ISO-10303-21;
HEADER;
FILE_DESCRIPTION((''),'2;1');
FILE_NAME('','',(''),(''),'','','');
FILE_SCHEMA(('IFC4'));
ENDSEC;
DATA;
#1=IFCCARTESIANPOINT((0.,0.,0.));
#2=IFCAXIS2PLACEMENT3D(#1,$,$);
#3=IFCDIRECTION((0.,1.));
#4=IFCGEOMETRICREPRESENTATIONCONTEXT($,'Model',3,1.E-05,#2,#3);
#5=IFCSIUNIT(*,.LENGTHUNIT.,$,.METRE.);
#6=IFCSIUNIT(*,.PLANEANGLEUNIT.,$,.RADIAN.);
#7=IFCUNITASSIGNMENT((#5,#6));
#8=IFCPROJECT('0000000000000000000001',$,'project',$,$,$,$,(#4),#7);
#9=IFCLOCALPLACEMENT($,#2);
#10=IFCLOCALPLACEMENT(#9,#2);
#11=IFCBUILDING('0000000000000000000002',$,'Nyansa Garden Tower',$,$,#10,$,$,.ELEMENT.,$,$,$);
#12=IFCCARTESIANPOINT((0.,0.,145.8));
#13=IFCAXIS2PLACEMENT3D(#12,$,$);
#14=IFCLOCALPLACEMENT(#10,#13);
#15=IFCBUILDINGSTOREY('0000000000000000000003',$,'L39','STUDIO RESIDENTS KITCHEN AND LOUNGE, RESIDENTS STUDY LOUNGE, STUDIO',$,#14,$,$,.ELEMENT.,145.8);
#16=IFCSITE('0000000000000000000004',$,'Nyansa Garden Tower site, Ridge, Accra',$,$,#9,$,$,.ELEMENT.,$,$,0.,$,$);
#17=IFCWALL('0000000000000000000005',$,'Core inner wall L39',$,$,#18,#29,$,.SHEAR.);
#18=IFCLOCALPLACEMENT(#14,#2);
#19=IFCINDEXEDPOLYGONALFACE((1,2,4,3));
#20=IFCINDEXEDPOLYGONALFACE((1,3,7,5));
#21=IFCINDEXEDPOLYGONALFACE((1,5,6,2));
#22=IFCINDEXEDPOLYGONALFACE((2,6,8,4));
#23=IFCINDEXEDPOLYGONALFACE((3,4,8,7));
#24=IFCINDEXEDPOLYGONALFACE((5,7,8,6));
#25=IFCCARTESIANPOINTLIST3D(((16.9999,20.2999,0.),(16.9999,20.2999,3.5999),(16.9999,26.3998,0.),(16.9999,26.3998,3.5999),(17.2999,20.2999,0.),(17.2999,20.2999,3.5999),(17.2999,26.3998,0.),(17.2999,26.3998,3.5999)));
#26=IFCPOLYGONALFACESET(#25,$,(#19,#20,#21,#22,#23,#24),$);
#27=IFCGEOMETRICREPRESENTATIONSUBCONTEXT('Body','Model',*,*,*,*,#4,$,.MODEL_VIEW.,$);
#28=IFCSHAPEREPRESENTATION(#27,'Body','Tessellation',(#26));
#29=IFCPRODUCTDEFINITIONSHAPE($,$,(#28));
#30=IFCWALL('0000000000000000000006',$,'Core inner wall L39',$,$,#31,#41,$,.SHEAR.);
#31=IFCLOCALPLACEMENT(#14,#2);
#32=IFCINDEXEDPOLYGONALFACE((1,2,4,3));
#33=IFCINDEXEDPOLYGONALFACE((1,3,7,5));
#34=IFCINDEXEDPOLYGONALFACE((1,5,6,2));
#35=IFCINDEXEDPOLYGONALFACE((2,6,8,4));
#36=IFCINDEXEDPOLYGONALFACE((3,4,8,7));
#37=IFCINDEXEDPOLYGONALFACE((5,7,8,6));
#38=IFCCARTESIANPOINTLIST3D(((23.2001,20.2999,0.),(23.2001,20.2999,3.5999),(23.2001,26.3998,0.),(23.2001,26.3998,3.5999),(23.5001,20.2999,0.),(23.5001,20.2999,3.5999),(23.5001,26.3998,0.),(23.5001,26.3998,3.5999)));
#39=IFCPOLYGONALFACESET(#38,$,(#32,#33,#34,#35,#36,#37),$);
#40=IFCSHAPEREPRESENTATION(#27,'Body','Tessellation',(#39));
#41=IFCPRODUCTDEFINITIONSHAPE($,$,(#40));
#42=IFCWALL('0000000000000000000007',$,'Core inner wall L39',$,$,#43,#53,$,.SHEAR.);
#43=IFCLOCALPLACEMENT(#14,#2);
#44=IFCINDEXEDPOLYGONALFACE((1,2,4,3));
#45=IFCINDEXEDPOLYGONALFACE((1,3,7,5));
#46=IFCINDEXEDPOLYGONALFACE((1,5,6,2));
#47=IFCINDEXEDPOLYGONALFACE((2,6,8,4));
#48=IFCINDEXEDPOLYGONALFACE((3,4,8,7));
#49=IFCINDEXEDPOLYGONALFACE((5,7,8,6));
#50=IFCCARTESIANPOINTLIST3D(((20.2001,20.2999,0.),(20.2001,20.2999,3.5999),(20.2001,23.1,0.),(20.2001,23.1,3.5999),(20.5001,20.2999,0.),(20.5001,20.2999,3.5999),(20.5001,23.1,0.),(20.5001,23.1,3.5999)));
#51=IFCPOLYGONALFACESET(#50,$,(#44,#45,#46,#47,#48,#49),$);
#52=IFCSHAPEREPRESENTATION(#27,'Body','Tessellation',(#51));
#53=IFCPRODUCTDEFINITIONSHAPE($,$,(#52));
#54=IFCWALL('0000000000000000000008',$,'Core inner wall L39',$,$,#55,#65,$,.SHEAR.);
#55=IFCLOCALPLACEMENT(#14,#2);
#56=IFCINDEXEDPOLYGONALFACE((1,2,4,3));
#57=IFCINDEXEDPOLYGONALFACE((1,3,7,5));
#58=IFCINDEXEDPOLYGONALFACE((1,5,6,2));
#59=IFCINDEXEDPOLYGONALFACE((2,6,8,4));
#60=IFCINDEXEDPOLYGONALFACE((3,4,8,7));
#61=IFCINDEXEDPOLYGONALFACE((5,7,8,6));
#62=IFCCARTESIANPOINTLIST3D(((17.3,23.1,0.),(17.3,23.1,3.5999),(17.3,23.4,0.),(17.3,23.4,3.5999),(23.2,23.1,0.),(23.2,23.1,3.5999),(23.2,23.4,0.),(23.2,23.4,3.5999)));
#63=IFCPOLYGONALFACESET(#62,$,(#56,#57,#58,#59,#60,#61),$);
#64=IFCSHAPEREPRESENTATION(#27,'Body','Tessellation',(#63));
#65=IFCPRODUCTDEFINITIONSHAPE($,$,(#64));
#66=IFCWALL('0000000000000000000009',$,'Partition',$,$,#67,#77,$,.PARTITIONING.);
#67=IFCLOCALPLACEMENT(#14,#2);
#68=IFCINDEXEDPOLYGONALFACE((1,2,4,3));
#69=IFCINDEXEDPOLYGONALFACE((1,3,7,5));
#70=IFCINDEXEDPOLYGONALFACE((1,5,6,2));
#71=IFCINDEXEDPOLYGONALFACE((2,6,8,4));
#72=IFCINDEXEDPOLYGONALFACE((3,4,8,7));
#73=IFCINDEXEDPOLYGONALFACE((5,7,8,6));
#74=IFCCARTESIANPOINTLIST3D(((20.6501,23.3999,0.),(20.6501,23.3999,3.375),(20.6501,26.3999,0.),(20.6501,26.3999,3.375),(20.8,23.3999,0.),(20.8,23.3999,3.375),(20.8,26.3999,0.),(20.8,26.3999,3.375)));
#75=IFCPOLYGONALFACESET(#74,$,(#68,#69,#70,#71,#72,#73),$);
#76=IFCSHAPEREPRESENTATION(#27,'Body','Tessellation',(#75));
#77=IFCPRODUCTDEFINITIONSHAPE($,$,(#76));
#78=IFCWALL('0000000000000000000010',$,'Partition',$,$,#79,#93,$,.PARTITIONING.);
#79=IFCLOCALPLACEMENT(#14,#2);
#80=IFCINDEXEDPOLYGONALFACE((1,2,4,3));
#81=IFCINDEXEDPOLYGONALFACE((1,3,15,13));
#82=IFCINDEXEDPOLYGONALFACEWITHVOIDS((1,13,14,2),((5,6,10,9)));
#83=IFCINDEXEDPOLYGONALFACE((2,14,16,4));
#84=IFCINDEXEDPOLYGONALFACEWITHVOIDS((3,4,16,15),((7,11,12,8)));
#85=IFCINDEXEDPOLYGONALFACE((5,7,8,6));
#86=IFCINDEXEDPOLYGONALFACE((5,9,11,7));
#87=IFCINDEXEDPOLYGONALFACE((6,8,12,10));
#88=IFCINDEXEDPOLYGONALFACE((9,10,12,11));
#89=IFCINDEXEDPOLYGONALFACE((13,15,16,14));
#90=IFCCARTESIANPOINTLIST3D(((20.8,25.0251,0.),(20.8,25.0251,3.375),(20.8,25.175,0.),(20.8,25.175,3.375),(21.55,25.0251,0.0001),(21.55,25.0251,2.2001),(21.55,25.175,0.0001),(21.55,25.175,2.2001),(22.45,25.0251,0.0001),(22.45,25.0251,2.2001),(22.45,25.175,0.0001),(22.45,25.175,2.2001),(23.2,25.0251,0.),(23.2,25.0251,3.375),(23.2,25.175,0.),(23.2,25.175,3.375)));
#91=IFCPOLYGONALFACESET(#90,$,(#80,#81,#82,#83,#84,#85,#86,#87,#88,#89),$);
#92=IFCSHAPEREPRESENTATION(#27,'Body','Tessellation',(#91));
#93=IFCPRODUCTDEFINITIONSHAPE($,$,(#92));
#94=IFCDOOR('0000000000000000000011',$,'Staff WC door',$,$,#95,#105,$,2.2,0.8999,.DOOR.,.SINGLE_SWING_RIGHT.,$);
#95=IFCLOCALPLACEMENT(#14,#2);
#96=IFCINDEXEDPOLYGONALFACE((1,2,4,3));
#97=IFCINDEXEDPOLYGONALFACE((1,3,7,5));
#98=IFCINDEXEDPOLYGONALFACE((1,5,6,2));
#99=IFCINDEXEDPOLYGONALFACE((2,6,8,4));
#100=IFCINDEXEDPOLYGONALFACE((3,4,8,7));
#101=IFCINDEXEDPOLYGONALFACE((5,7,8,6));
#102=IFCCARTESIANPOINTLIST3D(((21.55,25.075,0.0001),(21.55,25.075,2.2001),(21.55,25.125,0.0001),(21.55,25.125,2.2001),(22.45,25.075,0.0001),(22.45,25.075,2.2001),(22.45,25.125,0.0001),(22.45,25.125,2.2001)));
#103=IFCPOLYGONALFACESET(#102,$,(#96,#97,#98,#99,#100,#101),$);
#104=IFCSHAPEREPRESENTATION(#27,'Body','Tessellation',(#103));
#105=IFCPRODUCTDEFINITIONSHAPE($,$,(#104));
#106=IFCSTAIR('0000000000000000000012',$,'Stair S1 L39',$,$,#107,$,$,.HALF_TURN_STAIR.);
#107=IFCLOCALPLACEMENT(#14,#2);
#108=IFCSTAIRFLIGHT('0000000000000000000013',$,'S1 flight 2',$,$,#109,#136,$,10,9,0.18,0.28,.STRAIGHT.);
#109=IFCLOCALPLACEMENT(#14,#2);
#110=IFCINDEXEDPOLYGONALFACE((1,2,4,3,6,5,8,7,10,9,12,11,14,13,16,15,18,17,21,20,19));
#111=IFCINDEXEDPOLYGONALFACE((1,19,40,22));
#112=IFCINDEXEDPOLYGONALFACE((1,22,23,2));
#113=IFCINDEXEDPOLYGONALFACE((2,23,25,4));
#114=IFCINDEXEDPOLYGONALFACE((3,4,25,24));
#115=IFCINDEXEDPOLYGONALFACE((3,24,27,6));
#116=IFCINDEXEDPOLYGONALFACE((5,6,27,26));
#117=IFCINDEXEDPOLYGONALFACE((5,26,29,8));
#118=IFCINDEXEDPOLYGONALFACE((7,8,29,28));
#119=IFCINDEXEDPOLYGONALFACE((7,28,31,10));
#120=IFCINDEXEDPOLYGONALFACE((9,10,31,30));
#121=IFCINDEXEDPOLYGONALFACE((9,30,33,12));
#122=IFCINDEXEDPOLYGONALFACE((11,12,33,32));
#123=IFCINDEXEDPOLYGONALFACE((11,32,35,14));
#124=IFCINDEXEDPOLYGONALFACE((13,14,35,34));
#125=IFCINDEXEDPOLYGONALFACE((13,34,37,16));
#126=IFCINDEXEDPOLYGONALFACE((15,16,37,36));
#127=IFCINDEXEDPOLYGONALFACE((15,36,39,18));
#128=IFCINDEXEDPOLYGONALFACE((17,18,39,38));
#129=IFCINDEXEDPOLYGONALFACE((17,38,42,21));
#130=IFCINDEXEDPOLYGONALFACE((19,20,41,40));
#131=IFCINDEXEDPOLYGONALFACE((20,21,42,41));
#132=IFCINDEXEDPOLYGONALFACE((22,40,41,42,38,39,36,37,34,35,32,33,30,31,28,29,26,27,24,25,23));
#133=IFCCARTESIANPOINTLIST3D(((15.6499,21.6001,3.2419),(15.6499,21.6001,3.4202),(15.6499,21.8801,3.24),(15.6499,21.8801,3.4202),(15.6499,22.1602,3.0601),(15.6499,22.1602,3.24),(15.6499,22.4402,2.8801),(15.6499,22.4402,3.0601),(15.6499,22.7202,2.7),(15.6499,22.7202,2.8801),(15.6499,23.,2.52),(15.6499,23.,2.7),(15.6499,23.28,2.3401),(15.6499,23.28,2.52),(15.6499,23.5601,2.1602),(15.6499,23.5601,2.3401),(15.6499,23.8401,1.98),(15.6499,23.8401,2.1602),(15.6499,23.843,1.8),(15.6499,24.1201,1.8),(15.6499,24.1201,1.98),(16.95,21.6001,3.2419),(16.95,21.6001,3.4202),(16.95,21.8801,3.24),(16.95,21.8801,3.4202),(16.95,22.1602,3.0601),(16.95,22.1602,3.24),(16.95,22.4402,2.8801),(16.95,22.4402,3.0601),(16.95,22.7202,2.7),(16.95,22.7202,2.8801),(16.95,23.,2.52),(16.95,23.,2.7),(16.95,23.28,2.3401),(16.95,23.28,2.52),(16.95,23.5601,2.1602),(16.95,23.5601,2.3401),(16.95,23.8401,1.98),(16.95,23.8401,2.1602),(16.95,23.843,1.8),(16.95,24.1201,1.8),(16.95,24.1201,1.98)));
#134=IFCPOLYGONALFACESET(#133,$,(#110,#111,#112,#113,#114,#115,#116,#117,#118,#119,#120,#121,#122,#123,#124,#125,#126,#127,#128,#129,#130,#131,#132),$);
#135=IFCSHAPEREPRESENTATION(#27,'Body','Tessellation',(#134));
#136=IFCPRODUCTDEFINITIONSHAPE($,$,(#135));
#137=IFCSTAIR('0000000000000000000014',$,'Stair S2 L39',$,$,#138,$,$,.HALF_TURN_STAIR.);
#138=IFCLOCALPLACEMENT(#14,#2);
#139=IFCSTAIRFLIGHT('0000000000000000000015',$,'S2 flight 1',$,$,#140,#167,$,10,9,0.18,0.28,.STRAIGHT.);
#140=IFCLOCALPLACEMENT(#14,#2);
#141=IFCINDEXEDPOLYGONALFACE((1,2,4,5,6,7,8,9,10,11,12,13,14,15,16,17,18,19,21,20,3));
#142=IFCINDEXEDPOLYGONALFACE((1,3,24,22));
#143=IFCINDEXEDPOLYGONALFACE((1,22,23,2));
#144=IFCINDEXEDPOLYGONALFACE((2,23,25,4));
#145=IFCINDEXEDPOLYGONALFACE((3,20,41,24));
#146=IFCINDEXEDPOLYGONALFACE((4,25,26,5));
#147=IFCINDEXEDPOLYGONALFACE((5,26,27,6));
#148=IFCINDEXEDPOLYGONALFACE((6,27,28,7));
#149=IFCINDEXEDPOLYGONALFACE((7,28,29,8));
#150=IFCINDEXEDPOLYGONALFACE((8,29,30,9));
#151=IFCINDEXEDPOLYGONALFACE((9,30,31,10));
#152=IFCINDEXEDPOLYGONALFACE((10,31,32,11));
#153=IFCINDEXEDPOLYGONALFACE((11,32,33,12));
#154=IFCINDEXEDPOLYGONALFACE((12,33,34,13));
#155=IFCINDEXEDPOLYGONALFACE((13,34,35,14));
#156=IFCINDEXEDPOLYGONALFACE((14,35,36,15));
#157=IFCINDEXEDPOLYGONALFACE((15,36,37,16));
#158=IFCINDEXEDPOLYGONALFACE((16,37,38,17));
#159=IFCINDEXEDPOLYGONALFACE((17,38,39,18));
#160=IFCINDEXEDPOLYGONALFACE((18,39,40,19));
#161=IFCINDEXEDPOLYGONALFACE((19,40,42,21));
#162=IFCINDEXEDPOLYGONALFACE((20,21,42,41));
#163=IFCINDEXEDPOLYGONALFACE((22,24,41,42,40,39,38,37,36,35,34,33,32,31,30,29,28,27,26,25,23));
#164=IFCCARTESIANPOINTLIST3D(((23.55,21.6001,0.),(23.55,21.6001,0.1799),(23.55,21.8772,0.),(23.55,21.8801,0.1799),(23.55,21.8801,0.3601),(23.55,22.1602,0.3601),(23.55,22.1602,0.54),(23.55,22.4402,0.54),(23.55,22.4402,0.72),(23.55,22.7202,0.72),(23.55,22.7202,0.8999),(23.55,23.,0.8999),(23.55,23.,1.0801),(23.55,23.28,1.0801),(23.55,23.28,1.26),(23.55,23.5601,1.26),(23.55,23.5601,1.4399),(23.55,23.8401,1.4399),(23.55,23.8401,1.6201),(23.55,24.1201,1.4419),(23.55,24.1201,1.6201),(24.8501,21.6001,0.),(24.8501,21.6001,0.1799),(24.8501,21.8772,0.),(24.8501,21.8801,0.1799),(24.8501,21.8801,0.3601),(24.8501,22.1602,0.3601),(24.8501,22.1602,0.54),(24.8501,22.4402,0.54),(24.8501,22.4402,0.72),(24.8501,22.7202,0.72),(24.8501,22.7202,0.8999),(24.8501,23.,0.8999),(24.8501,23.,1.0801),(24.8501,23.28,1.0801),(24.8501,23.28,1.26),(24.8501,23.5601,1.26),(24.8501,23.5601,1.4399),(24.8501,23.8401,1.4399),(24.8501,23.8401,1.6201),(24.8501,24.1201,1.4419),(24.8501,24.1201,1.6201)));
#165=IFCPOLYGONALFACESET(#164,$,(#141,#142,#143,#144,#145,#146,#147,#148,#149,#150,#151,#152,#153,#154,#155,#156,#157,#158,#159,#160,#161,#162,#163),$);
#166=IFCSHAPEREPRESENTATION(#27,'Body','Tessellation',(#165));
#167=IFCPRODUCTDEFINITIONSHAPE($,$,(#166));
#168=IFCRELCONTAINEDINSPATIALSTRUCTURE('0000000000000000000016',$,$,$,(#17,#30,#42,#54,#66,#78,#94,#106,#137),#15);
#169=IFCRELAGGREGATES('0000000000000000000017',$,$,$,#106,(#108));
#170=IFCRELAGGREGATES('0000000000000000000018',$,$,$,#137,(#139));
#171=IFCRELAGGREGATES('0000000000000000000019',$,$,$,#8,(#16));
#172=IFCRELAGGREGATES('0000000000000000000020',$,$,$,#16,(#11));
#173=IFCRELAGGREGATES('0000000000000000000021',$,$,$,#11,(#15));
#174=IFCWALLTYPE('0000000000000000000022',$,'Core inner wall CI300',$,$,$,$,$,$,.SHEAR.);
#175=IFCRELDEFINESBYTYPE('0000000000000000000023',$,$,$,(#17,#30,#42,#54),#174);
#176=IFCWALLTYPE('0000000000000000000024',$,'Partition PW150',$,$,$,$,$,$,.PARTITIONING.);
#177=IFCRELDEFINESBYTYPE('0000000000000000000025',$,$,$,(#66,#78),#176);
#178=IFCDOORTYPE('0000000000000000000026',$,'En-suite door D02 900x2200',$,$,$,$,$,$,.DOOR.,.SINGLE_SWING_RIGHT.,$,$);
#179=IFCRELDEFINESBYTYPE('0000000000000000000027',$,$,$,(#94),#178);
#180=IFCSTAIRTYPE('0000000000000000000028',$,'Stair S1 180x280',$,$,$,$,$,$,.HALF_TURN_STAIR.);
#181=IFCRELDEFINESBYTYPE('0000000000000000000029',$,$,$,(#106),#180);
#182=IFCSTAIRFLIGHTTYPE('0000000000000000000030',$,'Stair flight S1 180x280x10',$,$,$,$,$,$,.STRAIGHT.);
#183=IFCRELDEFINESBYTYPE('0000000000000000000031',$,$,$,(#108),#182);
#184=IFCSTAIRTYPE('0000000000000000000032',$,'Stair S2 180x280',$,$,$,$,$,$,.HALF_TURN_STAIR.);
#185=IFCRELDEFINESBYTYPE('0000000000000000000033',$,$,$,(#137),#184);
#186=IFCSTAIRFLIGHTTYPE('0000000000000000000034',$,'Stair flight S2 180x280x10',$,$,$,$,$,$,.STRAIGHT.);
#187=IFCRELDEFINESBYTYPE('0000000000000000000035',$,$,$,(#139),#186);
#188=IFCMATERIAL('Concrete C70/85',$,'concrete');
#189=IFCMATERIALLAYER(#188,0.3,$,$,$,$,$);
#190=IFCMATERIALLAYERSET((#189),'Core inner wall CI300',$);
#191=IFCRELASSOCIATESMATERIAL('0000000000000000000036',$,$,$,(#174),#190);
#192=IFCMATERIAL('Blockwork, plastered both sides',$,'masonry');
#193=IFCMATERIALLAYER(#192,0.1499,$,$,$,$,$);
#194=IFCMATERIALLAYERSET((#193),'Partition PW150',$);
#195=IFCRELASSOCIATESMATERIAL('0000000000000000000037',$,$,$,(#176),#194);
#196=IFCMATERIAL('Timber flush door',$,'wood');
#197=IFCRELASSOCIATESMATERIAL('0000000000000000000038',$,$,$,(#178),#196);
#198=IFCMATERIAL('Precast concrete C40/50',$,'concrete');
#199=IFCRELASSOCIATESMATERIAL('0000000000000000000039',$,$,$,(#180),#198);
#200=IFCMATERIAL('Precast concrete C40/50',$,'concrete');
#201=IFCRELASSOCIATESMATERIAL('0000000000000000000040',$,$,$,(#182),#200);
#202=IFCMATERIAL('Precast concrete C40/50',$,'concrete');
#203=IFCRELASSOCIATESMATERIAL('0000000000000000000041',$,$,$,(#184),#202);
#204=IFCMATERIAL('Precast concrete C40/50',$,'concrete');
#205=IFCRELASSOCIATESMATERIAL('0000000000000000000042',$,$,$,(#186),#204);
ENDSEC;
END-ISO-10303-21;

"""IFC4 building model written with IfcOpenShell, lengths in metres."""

from ifc_helpers import new_model, si_unit, direction, frame, frame_2d, origin, place, context, subcontext, project, spatial, polyline, rectangle, outline, extrude, material, layer, layer_set, type_object, element, fill, aggregate, save


model = new_model("IFC4")

# Units and contexts
model_context = context("Model", 3, precision=1e-05, world=origin(), true_north=direction((0.0, 1.0)))
body_context = subcontext(model_context, "Body", "Model", "MODEL_VIEW")
ifc_project = project(units=[si_unit("LENGTHUNIT", "METRE"), si_unit("PLANEANGLEUNIT", "RADIAN")], contexts=[model_context])

# Site, building, storey
site_placement = place(None, origin())
site = spatial("IfcSite", under=ifc_project, at=site_placement, Name="Nyansa Garden Tower site, Ridge, Accra", CompositionType="ELEMENT", RefElevation=0.0)
building_placement = place(site_placement, origin())
building = spatial("IfcBuilding", under=site, at=building_placement, Name="Nyansa Garden Tower", CompositionType="ELEMENT")
storey_placement = place(building_placement, frame((0.0, 0.0, 145.8)))
storey = spatial("IfcBuildingStorey", under=building, at=storey_placement, Name="L39", Description="STUDIO RESIDENTS KITCHEN AND LOUNGE, RESIDENTS STUDY LOUNGE, STUDIO", CompositionType="ELEMENT", Elevation=145.8)

# Walls
ifc_material_1 = material(Name="Concrete C70/85", Category="concrete")
ifc_layer_1 = layer(ifc_material_1, 0.3)
ifc_layer_set_1 = layer_set([ifc_layer_1], Name="Core inner wall CI300")
wall_type_1 = type_object("IfcWallType", Name="Core inner wall CI300", PredefinedType="SHEAR", material=ifc_layer_set_1)
for number, where, z_axis, x_axis, name in (
    (1, (17.1499, 20.3, 0.0), (0.0, 0.0, 1.0), (0.0, 1.0, 0.0), "Core inner wall L39"),
    (2, (23.3501, 20.3, 0.0), (0.0, 0.0, 1.0), (0.0, 1.0, 0.0), "Core inner wall L39"),
):
    element("IfcWall", number, at=place(storey_placement, frame(where, z_axis=z_axis, x_axis=x_axis)), inside=storey, type_object=wall_type_1, Name=name, PredefinedType="SHEAR", context=body_context, shape_type="SweptSolid", body=[
        extrude(rectangle(XDim=6.0999, YDim=0.3, at=frame_2d((3.0498, 0.0))), origin(), (0.0, 0.0, 1.0), 3.5999),
    ])
wall_1_placement = place(storey_placement, frame((20.3501, 20.3, 0.0), z_axis=(0.0, 0.0, 1.0), x_axis=(0.0, 1.0, 0.0)))
element("IfcWall", 3, at=wall_1_placement, inside=storey, type_object=wall_type_1, Name="Core inner wall L39", PredefinedType="SHEAR", context=body_context, shape_type="SweptSolid", body=[
    extrude(rectangle(XDim=2.8, YDim=0.3, at=frame_2d((1.3999, 0.0))), origin(), (0.0, 0.0, 1.0), 3.5999),
])
wall_2_placement = place(storey_placement, frame((17.3, 23.25, 0.0), z_axis=(0.0, 0.0, 1.0), x_axis=(1.0, 0.0, 0.0)))
element("IfcWall", 4, at=wall_2_placement, inside=storey, type_object=wall_type_1, Name="Core inner wall L39", PredefinedType="SHEAR", context=body_context, shape_type="SweptSolid", body=[
    extrude(rectangle(XDim=5.8999, YDim=0.3, at=frame_2d((2.95, 0.0))), origin(), (0.0, 0.0, 1.0), 3.5999),
])
ifc_material_2 = material(Name="Blockwork, plastered both sides", Category="masonry")
ifc_layer_2 = layer(ifc_material_2, 0.1499)
ifc_layer_set_2 = layer_set([ifc_layer_2], Name="Partition PW150")
wall_type_2 = type_object("IfcWallType", Name="Partition PW150", PredefinedType="PARTITIONING", material=ifc_layer_set_2)
wall_3_placement = place(storey_placement, frame((20.7251, 23.3999, 0.0), z_axis=(0.0, 0.0, 1.0), x_axis=(0.0, 1.0, 0.0)))
element("IfcWall", 5, at=wall_3_placement, inside=storey, type_object=wall_type_2, Name="Partition", PredefinedType="PARTITIONING", context=body_context, shape_type="SweptSolid", body=[
    extrude(rectangle(XDim=3.0, YDim=0.1499, at=frame_2d((1.5, 0.0))), origin(), (0.0, 0.0, 1.0), 3.375),
])

# Wall, opening, door
wall_4_placement = place(storey_placement, frame((20.8, 25.1001, 0.0), z_axis=(0.0, 0.0, 1.0), x_axis=(1.0, 0.0, 0.0)))
wall_4 = element("IfcWall", 6, at=wall_4_placement, inside=storey, type_object=wall_type_2, Name="Partition", PredefinedType="PARTITIONING", context=body_context, shape_type="SweptSolid", body=[
    extrude(rectangle(XDim=2.3999, YDim=0.1499, at=frame_2d((1.2, 0.0))), origin(), (0.0, 0.0, 1.0), 3.375),
])
opening_placement = place(wall_4_placement, frame((0.75, 0.0, 0.0)))
opening = element("IfcOpeningElement", 7, at=opening_placement, cuts=wall_4, PredefinedType="OPENING", context=body_context, shape_type="SweptSolid", body=[
    extrude(rectangle(XDim=0.8999, YDim=2.2, at=frame_2d((0.45, 1.1001))), frame((0.0, 0.085, 0.0), z_axis=(0.0, -1.0, 0.0), x_axis=(1.0, 0.0, 0.0)), (0.0, 0.0, 1.0), 0.1699),
])
ifc_material_3 = material(Name="Timber flush door", Category="wood")
door_type = type_object("IfcDoorType", Name="En-suite door D02 900x2200", OperationType="SINGLE_SWING_RIGHT", PredefinedType="DOOR", material=ifc_material_3)
door_placement = place(opening_placement, origin())
door = element("IfcDoor", 8, at=door_placement, inside=storey, type_object=door_type, Name="Staff WC door", OperationType="SINGLE_SWING_RIGHT", OverallHeight=2.2, OverallWidth=0.8999, PredefinedType="DOOR", context=body_context, shape_type="SweptSolid", body=[
    extrude(rectangle(XDim=0.8999, YDim=2.2, at=frame_2d((0.45, 1.1001))), frame((0.0, 0.0249, 0.0), z_axis=(0.0, -1.0, 0.0), x_axis=(1.0, 0.0, 0.0)), (0.0, 0.0, 1.0), 0.05),
])
fill(opening, door)

# Stair, stair flight
ifc_material_4 = material(Name="Precast concrete C40/50", Category="concrete")
stair_type_1 = type_object("IfcStairType", Name="Stair S1 180x280", PredefinedType="HALF_TURN_STAIR", material=ifc_material_4)
stair_1_placement = place(storey_placement, origin())
stair_1 = element("IfcStair", 9, at=stair_1_placement, inside=storey, type_object=stair_type_1, Name="Stair S1 L39", PredefinedType="HALF_TURN_STAIR")
ifc_material_5 = material(Name="Precast concrete C40/50", Category="concrete")
stair_flight_type_1 = type_object("IfcStairFlightType", Name="Stair flight S1 180x280x10", PredefinedType="STRAIGHT", material=ifc_material_5)
stair_flight_1_placement = place(storey_placement, frame((16.3, 24.1201, 1.8), z_axis=(0.0, 0.0, 1.0), x_axis=(0.0, -1.0, 0.0)))
stair_flight_1 = element("IfcStairFlight", 10, at=stair_flight_1_placement, type_object=stair_flight_type_1, Name="S1 flight 2", NumberOfRisers=10, NumberOfTreads=9, PredefinedType="STRAIGHT", RiserHeight=0.18, TreadLength=0.28, context=body_context, shape_type="SweptSolid", body=[
    extrude(outline(polyline([(0.0, 0.0), (0.0, 0.1799), (0.28, 0.1799), (0.28, 0.3601), (0.5601, 0.3601), (0.5601, 0.54), (0.8401, 0.54), (0.8401, 0.72), (1.1201, 0.72), (1.1201, 0.8999), (1.3999, 0.8999), (1.3999, 1.0801), (1.6799, 1.0801), (1.6799, 1.26), (1.96, 1.26), (1.96, 1.4399), (2.24, 1.4399), (2.24, 1.6201), (2.52, 1.6201), (2.52, 1.8), (2.52, 1.4419), (0.2771, 0.0), (0.0, 0.0)])), frame((0.0, 0.6499, 0.0), z_axis=(0.0, -1.0, 0.0), x_axis=(1.0, 0.0, 0.0)), (0.0, 0.0, 1.0), 1.3),
])
aggregate(stair_1, [stair_flight_1])

# Stair, stair flight
ifc_material_6 = material(Name="Precast concrete C40/50", Category="concrete")
stair_type_2 = type_object("IfcStairType", Name="Stair S2 180x280", PredefinedType="HALF_TURN_STAIR", material=ifc_material_6)
stair_2_placement = place(storey_placement, origin())
stair_2 = element("IfcStair", 11, at=stair_2_placement, inside=storey, type_object=stair_type_2, Name="Stair S2 L39", PredefinedType="HALF_TURN_STAIR")
ifc_material_7 = material(Name="Precast concrete C40/50", Category="concrete")
stair_flight_type_2 = type_object("IfcStairFlightType", Name="Stair flight S2 180x280x10", PredefinedType="STRAIGHT", material=ifc_material_7)
stair_flight_2_placement = place(storey_placement, frame((24.2, 21.6001, 0.0), z_axis=(0.0, 0.0, 1.0), x_axis=(0.0, 1.0, 0.0)))
stair_flight_2 = element("IfcStairFlight", 12, at=stair_flight_2_placement, type_object=stair_flight_type_2, Name="S2 flight 1", NumberOfRisers=10, NumberOfTreads=9, PredefinedType="STRAIGHT", RiserHeight=0.18, TreadLength=0.28, context=body_context, shape_type="SweptSolid", body=[
    extrude(outline(polyline([(0.0, 0.0), (0.0, 0.1799), (0.28, 0.1799), (0.28, 0.3601), (0.5601, 0.3601), (0.5601, 0.54), (0.8401, 0.54), (0.8401, 0.72), (1.1201, 0.72), (1.1201, 0.8999), (1.3999, 0.8999), (1.3999, 1.0801), (1.6799, 1.0801), (1.6799, 1.26), (1.96, 1.26), (1.96, 1.4399), (2.24, 1.4399), (2.24, 1.6201), (2.52, 1.6201), (2.52, 1.8), (2.52, 1.4419), (0.2771, 0.0), (0.0, 0.0)])), frame((0.0, 0.6499, 0.0), z_axis=(0.0, -1.0, 0.0), x_axis=(1.0, 0.0, 0.0)), (0.0, 0.0, 1.0), 1.3),
])
aggregate(stair_2, [stair_flight_2])

save(model, "model.ifc")
